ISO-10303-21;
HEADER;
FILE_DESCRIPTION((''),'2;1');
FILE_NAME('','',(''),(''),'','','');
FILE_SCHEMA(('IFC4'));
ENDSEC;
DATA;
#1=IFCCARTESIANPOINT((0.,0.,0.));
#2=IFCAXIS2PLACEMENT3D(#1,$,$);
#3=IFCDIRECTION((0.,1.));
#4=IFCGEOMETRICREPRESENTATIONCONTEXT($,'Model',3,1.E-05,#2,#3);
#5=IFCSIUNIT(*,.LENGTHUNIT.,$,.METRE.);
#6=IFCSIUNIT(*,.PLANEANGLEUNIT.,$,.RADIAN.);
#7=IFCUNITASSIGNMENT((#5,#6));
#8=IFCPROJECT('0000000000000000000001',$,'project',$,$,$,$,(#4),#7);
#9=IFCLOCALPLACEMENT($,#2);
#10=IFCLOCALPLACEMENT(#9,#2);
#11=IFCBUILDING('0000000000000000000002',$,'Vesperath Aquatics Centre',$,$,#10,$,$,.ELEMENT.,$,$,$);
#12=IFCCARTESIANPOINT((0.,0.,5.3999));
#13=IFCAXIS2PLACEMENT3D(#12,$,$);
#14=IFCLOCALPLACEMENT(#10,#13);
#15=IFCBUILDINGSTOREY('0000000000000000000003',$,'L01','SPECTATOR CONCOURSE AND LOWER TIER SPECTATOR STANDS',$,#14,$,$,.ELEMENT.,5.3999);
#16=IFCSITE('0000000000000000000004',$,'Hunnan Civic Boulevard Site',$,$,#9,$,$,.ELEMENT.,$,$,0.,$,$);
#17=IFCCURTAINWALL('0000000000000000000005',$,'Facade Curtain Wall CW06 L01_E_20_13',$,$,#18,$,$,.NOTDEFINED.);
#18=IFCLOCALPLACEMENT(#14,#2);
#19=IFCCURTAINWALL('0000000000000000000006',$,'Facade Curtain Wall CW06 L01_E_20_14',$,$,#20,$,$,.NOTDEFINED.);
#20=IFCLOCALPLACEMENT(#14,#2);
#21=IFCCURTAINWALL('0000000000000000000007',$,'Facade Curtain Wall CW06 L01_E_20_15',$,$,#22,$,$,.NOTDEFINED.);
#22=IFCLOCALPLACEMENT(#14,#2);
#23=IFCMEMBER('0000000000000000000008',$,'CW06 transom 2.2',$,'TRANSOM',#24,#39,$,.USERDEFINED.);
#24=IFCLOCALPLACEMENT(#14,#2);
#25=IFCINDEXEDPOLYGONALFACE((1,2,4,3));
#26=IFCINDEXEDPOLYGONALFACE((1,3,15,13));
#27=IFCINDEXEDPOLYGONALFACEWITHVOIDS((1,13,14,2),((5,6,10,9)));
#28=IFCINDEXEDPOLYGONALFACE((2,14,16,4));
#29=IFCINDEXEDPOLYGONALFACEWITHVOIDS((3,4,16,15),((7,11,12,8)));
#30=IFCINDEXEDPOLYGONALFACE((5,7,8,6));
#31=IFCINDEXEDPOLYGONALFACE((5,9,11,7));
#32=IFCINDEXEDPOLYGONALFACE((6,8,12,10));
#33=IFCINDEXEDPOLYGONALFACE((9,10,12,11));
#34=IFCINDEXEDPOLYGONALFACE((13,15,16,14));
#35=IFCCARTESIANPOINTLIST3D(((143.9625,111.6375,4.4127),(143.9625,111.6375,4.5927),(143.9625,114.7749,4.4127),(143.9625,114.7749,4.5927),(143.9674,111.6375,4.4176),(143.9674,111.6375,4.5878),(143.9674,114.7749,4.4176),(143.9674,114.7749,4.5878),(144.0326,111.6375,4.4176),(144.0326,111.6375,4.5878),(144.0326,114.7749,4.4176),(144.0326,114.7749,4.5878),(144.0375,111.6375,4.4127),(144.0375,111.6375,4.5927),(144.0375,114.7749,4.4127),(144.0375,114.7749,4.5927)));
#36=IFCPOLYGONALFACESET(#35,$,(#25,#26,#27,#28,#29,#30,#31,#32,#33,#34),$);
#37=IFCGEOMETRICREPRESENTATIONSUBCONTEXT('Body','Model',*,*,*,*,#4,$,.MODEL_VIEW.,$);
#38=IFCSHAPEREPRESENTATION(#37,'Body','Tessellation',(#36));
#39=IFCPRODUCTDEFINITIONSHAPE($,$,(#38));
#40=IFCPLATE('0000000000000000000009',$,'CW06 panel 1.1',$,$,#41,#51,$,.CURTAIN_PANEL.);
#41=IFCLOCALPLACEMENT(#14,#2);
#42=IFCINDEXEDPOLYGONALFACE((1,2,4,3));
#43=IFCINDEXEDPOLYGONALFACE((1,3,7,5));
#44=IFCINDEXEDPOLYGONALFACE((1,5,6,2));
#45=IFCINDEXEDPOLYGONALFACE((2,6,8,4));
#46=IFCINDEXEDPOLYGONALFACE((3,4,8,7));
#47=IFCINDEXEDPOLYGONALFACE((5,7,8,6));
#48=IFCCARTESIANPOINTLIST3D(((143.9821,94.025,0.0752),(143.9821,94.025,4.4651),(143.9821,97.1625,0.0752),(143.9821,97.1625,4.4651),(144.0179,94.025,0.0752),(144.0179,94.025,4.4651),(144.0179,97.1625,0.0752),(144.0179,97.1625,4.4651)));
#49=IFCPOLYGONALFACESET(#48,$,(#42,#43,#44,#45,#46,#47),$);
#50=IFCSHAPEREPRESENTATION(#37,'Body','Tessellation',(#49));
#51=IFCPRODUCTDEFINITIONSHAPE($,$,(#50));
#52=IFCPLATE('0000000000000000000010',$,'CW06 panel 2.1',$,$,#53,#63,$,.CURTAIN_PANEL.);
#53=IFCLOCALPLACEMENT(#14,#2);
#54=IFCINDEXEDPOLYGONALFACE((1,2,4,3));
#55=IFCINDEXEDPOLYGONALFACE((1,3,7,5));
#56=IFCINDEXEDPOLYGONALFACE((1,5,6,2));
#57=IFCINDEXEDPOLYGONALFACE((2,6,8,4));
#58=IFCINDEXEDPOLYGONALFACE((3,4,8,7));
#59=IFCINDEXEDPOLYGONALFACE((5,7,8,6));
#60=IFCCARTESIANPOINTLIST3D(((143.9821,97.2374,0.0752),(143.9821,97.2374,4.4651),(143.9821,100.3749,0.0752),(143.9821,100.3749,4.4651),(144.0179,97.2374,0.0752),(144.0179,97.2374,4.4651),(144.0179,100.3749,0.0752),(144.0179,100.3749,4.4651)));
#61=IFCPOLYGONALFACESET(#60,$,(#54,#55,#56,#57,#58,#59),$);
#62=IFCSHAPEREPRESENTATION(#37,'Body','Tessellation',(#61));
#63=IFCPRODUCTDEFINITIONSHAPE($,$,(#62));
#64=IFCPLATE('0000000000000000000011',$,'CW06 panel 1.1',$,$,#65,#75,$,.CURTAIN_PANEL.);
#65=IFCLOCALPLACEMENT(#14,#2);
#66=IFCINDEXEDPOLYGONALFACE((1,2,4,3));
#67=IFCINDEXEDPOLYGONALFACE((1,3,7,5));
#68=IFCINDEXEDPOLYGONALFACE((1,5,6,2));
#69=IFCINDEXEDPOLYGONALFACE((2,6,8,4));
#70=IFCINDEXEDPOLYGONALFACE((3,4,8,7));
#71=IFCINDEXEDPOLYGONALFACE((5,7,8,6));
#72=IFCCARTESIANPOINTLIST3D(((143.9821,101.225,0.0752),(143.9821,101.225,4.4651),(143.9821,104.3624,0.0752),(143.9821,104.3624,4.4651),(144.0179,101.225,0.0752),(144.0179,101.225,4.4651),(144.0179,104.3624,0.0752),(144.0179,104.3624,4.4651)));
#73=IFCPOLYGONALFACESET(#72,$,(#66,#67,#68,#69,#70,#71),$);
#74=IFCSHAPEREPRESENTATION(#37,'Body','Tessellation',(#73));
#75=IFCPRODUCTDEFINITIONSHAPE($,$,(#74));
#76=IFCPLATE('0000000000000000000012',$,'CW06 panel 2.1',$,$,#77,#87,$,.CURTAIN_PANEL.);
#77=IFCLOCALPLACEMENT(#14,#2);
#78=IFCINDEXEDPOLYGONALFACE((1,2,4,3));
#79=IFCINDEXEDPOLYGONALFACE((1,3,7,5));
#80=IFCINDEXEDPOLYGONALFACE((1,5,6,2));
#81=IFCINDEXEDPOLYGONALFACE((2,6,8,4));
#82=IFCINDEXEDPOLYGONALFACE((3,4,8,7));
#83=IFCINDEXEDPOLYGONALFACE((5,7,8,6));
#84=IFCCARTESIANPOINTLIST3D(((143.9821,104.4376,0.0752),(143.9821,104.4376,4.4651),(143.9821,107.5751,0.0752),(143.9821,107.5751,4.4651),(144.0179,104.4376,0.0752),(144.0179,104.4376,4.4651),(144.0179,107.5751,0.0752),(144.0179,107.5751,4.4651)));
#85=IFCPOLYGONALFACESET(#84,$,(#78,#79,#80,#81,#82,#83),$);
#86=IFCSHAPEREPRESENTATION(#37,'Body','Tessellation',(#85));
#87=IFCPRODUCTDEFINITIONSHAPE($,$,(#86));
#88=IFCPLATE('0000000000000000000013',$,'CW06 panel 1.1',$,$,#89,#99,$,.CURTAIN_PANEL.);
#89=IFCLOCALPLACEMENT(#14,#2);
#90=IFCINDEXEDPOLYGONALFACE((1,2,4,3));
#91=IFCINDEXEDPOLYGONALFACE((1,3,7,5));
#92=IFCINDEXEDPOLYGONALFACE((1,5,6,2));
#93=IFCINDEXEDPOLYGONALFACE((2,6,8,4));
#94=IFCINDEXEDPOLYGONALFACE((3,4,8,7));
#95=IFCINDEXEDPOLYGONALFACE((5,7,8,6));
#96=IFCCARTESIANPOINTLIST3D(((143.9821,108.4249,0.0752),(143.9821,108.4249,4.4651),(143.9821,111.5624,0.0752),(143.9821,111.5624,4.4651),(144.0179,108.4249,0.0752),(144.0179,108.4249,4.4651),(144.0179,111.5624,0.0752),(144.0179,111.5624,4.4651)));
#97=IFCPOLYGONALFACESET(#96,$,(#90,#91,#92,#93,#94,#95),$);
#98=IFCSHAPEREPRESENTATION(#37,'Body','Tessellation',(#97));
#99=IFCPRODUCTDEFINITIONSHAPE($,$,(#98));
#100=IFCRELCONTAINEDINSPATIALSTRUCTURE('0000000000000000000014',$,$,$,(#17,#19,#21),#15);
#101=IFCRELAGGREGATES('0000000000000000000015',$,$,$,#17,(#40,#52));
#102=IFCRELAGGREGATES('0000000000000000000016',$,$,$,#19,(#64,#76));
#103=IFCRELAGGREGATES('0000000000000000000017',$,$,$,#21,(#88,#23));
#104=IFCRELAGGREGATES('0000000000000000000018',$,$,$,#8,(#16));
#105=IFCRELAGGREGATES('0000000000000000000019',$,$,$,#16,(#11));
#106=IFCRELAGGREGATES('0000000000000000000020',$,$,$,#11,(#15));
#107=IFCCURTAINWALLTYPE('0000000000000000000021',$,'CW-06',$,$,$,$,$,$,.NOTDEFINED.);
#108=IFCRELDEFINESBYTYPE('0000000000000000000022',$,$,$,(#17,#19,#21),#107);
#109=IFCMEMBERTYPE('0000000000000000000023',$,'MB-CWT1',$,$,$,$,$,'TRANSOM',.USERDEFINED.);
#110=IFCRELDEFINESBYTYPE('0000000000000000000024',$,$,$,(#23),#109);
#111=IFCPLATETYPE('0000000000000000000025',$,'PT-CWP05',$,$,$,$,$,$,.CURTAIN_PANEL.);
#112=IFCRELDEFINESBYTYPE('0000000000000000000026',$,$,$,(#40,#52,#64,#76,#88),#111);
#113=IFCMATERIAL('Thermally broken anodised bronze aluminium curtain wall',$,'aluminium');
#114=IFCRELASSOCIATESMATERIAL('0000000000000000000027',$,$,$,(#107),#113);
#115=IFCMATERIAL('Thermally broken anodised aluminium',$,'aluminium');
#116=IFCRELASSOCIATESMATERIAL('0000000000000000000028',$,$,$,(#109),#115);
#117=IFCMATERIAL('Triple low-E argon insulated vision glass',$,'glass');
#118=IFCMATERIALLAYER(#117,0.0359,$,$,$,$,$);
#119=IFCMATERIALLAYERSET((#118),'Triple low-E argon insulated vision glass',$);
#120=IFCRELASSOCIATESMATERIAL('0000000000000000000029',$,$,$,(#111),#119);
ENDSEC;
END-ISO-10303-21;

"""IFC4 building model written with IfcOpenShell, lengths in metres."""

from ifc_helpers import new_model, si_unit, direction, frame, origin, origin_2d, place, context, subcontext, project, spatial, rectangle, hollow_rectangle, extrude, material, layer, layer_set, material_profile, profile_set, type_object, element, aggregate, save


model = new_model("IFC4")

# Units and contexts
model_context = context("Model", 3, precision=1e-05, world=origin(), true_north=direction((0.0, 1.0)))
body_context = subcontext(model_context, "Body", "Model", "MODEL_VIEW")
ifc_project = project(units=[si_unit("LENGTHUNIT", "METRE"), si_unit("PLANEANGLEUNIT", "RADIAN")], contexts=[model_context])

# Site, building, storey
site_placement = place(None, origin())
site = spatial("IfcSite", under=ifc_project, at=site_placement, Name="Hunnan Civic Boulevard Site", CompositionType="ELEMENT", RefElevation=0.0)
building_placement = place(site_placement, origin())
building = spatial("IfcBuilding", under=site, at=building_placement, Name="Vesperath Aquatics Centre", CompositionType="ELEMENT")
storey_placement = place(building_placement, frame((0.0, 0.0, 5.3999)))
storey = spatial("IfcBuildingStorey", under=building, at=storey_placement, Name="L01", Description="SPECTATOR CONCOURSE AND LOWER TIER SPECTATOR STANDS", CompositionType="ELEMENT", Elevation=5.3999)

# Curtain walls
ifc_material_1 = material(Name="Thermally broken anodised bronze aluminium curtain wall", Category="aluminium")
curtain_wall_type = type_object("IfcCurtainWallType", Name="CW-06", PredefinedType="NOTDEFINED", material=ifc_material_1)
curtain_wall_1_placement = place(storey_placement, origin())
curtain_wall_1 = element("IfcCurtainWall", 1, at=curtain_wall_1_placement, inside=storey, type_object=curtain_wall_type, Name="Facade Curtain Wall CW06 L01_E_20_13", PredefinedType="NOTDEFINED")
ifc_material_2 = material(Name="Thermally broken anodised aluminium", Category="aluminium")
curtain_wall_2_placement = place(storey_placement, origin())
curtain_wall_2 = element("IfcCurtainWall", 2, at=curtain_wall_2_placement, inside=storey, type_object=curtain_wall_type, Name="Facade Curtain Wall CW06 L01_E_20_14", PredefinedType="NOTDEFINED")
curtain_wall_3_placement = place(storey_placement, origin())
curtain_wall_3 = element("IfcCurtainWall", 3, at=curtain_wall_3_placement, inside=storey, type_object=curtain_wall_type, Name="Facade Curtain Wall CW06 L01_E_20_15", PredefinedType="NOTDEFINED")

# Member
ifc_material_profile_1 = material_profile(ifc_material_2, hollow_rectangle(XDim=0.075, YDim=0.1799, WallThickness=0.0049, at=origin_2d()), Name="CWT 75x180x5")
ifc_profile_set_1 = profile_set([ifc_material_profile_1], Name="Thermally broken anodised aluminium")
member_type_1 = type_object("IfcMemberType", Name="MB-CWT1", ElementType="TRANSOM", PredefinedType="USERDEFINED", material=ifc_profile_set_1)
member_1_placement = place(storey_placement, frame((144.0, 111.6375, 4.5027), z_axis=(0.0, 1.0, 0.0), x_axis=(-1.0, 0.0, 0.0)))
member_1 = element("IfcMember", 4, at=member_1_placement, type_object=member_type_1, Name="CW06 transom 2.2", ObjectType="TRANSOM", PredefinedType="USERDEFINED", context=body_context, shape_type="SweptSolid", body=[
    extrude(hollow_rectangle(XDim=0.075, YDim=0.1799, WallThickness=0.0049, at=origin_2d()), origin(), (0.0, 0.0, 1.0), 3.1375),
])

# Plates
ifc_material_3 = material(Name="Triple low-E argon insulated vision glass", Category="glass")
ifc_layer = layer(ifc_material_3, 0.0359)
ifc_layer_set = layer_set([ifc_layer], Name="Triple low-E argon insulated vision glass")
plate_type = type_object("IfcPlateType", Name="PT-CWP05", PredefinedType="CURTAIN_PANEL", material=ifc_layer_set)
plate_1_placement = place(storey_placement, frame((144.0, 95.5938, 0.0752), z_axis=(0.0, 0.0, 1.0), x_axis=(0.0, 1.0, 0.0)))
plate_1 = element("IfcPlate", 5, at=plate_1_placement, type_object=plate_type, Name="CW06 panel 1.1", PredefinedType="CURTAIN_PANEL", context=body_context, shape_type="SweptSolid", body=[
    extrude(rectangle(XDim=3.1375, YDim=0.0359, at=origin_2d()), origin(), (0.0, 0.0, 1.0), 4.3899),
])
plate_2_placement = place(storey_placement, frame((144.0, 98.8062, 0.0752), z_axis=(0.0, 0.0, 1.0), x_axis=(0.0, 1.0, 0.0)))
plate_2 = element("IfcPlate", 6, at=plate_2_placement, type_object=plate_type, Name="CW06 panel 2.1", PredefinedType="CURTAIN_PANEL", context=body_context, shape_type="SweptSolid", body=[
    extrude(rectangle(XDim=3.1375, YDim=0.0359, at=origin_2d()), origin(), (0.0, 0.0, 1.0), 4.3899),
])
aggregate(curtain_wall_1, [plate_1, plate_2])
plate_3_placement = place(storey_placement, frame((144.0, 102.7937, 0.0752), z_axis=(0.0, 0.0, 1.0), x_axis=(0.0, 1.0, 0.0)))
plate_3 = element("IfcPlate", 7, at=plate_3_placement, type_object=plate_type, Name="CW06 panel 1.1", PredefinedType="CURTAIN_PANEL", context=body_context, shape_type="SweptSolid", body=[
    extrude(rectangle(XDim=3.1375, YDim=0.0359, at=origin_2d()), origin(), (0.0, 0.0, 1.0), 4.3899),
])
plate_4_placement = place(storey_placement, frame((144.0, 106.0063, 0.0752), z_axis=(0.0, 0.0, 1.0), x_axis=(0.0, 1.0, 0.0)))
plate_4 = element("IfcPlate", 8, at=plate_4_placement, type_object=plate_type, Name="CW06 panel 2.1", PredefinedType="CURTAIN_PANEL", context=body_context, shape_type="SweptSolid", body=[
    extrude(rectangle(XDim=3.1375, YDim=0.0359, at=origin_2d()), origin(), (0.0, 0.0, 1.0), 4.3899),
])
aggregate(curtain_wall_2, [plate_3, plate_4])
plate_5_placement = place(storey_placement, frame((144.0, 109.9937, 0.0752), z_axis=(0.0, 0.0, 1.0), x_axis=(0.0, 1.0, 0.0)))
plate_5 = element("IfcPlate", 9, at=plate_5_placement, type_object=plate_type, Name="CW06 panel 1.1", PredefinedType="CURTAIN_PANEL", context=body_context, shape_type="SweptSolid", body=[
    extrude(rectangle(XDim=3.1375, YDim=0.0359, at=origin_2d()), origin(), (0.0, 0.0, 1.0), 4.3899),
])
aggregate(curtain_wall_3, [plate_5, member_1])

save(model, "model.ifc")
